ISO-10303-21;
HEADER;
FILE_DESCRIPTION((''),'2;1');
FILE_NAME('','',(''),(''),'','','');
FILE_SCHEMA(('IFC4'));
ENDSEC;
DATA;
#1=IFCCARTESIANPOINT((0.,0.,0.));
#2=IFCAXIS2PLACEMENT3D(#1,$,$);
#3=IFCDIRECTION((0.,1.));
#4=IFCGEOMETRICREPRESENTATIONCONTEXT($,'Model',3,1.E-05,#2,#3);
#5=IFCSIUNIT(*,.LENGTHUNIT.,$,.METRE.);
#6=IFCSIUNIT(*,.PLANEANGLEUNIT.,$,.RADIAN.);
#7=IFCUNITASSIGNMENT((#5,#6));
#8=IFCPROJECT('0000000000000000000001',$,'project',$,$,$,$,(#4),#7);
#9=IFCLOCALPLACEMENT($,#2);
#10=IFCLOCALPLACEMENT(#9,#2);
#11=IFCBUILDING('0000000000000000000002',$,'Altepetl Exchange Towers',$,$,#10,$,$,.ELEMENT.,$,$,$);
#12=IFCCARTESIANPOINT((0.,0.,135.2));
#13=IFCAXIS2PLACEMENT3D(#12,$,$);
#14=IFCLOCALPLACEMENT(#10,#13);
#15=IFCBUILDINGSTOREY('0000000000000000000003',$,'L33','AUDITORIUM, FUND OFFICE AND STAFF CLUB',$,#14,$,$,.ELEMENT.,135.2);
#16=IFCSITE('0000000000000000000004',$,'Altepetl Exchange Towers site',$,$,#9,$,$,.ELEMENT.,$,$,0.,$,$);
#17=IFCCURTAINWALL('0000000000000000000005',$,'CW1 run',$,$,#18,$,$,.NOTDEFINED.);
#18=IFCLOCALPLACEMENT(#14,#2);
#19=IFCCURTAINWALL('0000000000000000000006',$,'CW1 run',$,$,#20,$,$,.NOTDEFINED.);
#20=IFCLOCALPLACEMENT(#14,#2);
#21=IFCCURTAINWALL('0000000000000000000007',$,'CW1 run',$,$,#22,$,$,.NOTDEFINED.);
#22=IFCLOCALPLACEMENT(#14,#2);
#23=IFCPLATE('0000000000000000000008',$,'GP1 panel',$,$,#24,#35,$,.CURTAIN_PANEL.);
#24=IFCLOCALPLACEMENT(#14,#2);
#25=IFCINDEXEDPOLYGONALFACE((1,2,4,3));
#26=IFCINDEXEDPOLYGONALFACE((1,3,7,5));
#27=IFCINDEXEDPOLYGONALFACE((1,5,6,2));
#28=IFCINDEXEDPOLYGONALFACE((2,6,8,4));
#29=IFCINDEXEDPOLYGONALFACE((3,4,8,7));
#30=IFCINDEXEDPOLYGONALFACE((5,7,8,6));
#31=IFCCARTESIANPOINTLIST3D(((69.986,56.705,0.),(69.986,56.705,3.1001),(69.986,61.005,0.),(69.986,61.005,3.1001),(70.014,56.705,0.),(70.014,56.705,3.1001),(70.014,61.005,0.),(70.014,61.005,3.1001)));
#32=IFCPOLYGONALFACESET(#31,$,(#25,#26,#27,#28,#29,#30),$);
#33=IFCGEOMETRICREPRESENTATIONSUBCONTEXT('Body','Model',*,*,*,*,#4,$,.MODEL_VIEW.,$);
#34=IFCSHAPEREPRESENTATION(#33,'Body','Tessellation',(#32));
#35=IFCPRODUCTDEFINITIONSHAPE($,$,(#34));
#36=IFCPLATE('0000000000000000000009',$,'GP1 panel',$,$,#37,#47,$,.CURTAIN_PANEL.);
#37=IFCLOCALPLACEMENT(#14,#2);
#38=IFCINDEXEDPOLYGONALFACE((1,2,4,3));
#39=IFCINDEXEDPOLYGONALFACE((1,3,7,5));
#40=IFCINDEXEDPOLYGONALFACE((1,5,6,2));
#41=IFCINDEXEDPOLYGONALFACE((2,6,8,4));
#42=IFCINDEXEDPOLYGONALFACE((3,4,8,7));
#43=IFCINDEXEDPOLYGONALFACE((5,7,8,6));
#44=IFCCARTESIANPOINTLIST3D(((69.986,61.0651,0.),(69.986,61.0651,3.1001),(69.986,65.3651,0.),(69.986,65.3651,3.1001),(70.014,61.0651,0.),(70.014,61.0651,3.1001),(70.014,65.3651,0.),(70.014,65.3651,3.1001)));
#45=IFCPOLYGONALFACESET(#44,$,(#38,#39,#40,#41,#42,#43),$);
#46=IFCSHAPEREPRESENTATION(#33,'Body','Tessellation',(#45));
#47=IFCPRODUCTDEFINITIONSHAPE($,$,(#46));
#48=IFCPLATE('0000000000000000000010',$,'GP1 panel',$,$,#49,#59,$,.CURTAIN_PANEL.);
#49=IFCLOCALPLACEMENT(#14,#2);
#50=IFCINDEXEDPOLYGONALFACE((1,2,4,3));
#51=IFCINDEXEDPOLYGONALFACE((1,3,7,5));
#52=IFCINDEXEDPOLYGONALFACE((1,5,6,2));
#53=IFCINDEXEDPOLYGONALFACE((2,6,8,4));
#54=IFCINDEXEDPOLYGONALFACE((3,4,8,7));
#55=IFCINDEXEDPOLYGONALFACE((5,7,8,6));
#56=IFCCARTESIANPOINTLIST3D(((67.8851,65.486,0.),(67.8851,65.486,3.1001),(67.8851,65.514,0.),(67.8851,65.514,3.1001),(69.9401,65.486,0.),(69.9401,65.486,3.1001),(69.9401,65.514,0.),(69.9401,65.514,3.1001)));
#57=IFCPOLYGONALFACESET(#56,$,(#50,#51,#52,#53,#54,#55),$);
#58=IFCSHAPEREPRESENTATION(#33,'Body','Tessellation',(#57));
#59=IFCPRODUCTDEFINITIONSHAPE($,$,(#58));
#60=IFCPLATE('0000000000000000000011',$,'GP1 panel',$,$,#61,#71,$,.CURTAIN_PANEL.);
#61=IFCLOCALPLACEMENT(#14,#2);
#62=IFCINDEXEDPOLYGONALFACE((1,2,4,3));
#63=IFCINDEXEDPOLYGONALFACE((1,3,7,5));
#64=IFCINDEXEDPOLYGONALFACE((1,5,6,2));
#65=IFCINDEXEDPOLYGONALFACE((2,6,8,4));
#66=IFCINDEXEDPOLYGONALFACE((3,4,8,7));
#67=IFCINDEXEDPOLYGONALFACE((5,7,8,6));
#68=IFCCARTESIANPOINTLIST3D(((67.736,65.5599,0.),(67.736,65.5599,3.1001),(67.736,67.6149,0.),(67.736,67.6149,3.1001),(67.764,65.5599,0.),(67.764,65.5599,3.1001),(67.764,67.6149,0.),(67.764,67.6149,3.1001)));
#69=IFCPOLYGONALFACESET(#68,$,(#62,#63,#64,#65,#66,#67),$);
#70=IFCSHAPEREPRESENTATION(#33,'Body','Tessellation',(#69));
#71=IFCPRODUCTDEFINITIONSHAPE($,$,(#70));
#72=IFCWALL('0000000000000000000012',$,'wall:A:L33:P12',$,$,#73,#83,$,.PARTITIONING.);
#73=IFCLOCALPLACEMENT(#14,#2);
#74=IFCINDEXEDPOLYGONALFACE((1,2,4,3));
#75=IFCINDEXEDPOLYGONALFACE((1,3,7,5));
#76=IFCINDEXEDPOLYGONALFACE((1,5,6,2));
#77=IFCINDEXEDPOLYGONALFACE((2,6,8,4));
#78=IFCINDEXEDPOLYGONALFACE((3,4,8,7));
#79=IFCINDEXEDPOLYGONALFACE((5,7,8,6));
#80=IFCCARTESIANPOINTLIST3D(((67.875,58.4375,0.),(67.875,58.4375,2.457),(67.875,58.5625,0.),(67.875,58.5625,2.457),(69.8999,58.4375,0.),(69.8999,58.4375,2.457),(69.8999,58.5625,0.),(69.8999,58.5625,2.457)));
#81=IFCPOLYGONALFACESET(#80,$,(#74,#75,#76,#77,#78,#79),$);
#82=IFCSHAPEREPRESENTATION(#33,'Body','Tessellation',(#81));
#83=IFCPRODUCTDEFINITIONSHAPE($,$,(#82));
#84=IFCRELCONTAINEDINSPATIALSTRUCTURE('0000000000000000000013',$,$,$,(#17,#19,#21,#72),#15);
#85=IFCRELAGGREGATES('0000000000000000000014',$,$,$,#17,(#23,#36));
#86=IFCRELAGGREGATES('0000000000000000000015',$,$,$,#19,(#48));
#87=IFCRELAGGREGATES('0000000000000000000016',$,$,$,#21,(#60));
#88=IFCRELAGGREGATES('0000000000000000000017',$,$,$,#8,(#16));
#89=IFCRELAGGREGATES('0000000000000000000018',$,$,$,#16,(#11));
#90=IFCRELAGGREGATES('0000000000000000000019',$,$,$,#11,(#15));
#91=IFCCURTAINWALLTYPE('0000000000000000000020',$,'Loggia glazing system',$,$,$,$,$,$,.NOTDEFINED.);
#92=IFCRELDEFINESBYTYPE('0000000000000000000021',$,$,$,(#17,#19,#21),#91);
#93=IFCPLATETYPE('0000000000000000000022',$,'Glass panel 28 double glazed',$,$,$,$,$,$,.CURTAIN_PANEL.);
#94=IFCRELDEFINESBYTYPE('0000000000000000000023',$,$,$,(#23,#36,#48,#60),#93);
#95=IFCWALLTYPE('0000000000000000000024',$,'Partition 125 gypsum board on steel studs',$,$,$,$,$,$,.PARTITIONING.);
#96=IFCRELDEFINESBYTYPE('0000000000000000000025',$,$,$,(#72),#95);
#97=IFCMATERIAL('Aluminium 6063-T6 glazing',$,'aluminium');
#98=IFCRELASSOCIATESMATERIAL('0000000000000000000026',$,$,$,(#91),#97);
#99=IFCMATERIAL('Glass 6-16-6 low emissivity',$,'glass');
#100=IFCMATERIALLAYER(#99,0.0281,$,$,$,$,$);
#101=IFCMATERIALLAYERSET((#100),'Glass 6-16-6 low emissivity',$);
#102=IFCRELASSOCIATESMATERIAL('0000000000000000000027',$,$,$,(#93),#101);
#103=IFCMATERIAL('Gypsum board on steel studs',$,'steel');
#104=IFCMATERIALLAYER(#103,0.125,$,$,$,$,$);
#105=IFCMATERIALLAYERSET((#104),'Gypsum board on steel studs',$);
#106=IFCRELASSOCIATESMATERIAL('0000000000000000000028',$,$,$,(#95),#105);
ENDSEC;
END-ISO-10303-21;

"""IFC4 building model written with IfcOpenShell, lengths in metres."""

from ifc_helpers import new_model, si_unit, direction, frame, frame_2d, origin, origin_2d, place, context, subcontext, project, spatial, rectangle, extrude, material, layer, layer_set, type_object, element, aggregate, save


model = new_model("IFC4")

# Units and contexts
model_context = context("Model", 3, precision=1e-05, world=origin(), true_north=direction((0.0, 1.0)))
body_context = subcontext(model_context, "Body", "Model", "MODEL_VIEW")
ifc_project = project(units=[si_unit("LENGTHUNIT", "METRE"), si_unit("PLANEANGLEUNIT", "RADIAN")], contexts=[model_context])

# Site, building, storey
site_placement = place(None, origin())
site = spatial("IfcSite", under=ifc_project, at=site_placement, Name="Altepetl Exchange Towers site", CompositionType="ELEMENT", RefElevation=0.0)
building_placement = place(site_placement, origin())
building = spatial("IfcBuilding", under=site, at=building_placement, Name="Altepetl Exchange Towers", CompositionType="ELEMENT")
storey_placement = place(building_placement, frame((0.0, 0.0, 135.2)))
storey = spatial("IfcBuildingStorey", under=building, at=storey_placement, Name="L33", Description="AUDITORIUM, FUND OFFICE AND STAFF CLUB", CompositionType="ELEMENT", Elevation=135.2)

# Curtain walls
ifc_material_1 = material(Name="Aluminium 6063-T6 glazing", Category="aluminium")
curtain_wall_type = type_object("IfcCurtainWallType", Name="Loggia glazing system", PredefinedType="NOTDEFINED", material=ifc_material_1)
curtain_wall_1_placement = place(storey_placement, origin())
curtain_wall_1 = element("IfcCurtainWall", 1, at=curtain_wall_1_placement, inside=storey, type_object=curtain_wall_type, Name="CW1 run", PredefinedType="NOTDEFINED")
curtain_wall_2_placement = place(storey_placement, origin())
curtain_wall_2 = element("IfcCurtainWall", 2, at=curtain_wall_2_placement, inside=storey, type_object=curtain_wall_type, Name="CW1 run", PredefinedType="NOTDEFINED")

# Curtain wall
curtain_wall_3_placement = place(storey_placement, origin())
curtain_wall_3 = element("IfcCurtainWall", 3, at=curtain_wall_3_placement, inside=storey, type_object=curtain_wall_type, Name="CW1 run", PredefinedType="NOTDEFINED")

# Plates
ifc_material_2 = material(Name="Glass 6-16-6 low emissivity", Category="glass")
ifc_layer_1 = layer(ifc_material_2, 0.0281)
ifc_layer_set_1 = layer_set([ifc_layer_1], Name="Glass 6-16-6 low emissivity")
plate_type = type_object("IfcPlateType", Name="Glass panel 28 double glazed", PredefinedType="CURTAIN_PANEL", material=ifc_layer_set_1)
plate_1_placement = place(storey_placement, frame((70.0, 58.855, 0.0), z_axis=(0.0, 0.0, 1.0), x_axis=(0.0, 1.0, 0.0)))
plate_1 = element("IfcPlate", 4, at=plate_1_placement, type_object=plate_type, Name="GP1 panel", PredefinedType="CURTAIN_PANEL", context=body_context, shape_type="SweptSolid", body=[
    extrude(rectangle(XDim=4.3, YDim=0.0281, at=origin_2d()), origin(), (0.0, 0.0, 1.0), 3.1001),
])
plate_2_placement = place(storey_placement, frame((70.0, 63.2151, 0.0), z_axis=(0.0, 0.0, 1.0), x_axis=(0.0, 1.0, 0.0)))
plate_2 = element("IfcPlate", 5, at=plate_2_placement, type_object=plate_type, Name="GP1 panel", PredefinedType="CURTAIN_PANEL", context=body_context, shape_type="SweptSolid", body=[
    extrude(rectangle(XDim=4.3, YDim=0.0281, at=origin_2d()), origin(), (0.0, 0.0, 1.0), 3.1001),
])
aggregate(curtain_wall_1, [plate_1, plate_2])
plate_3_placement = place(storey_placement, frame((68.9126, 65.5, 0.0), z_axis=(0.0, 0.0, 1.0), x_axis=(-1.0, 0.0, 0.0)))
plate_3 = element("IfcPlate", 6, at=plate_3_placement, type_object=plate_type, Name="GP1 panel", PredefinedType="CURTAIN_PANEL", context=body_context, shape_type="SweptSolid", body=[
    extrude(rectangle(XDim=2.0549, YDim=0.0281, at=origin_2d()), origin(), (0.0, 0.0, 1.0), 3.1001),
])
aggregate(curtain_wall_2, [plate_3])
plate_4_placement = place(storey_placement, frame((67.75, 66.5874, 0.0), z_axis=(0.0, 0.0, 1.0), x_axis=(0.0, 1.0, 0.0)))
plate_4 = element("IfcPlate", 7, at=plate_4_placement, type_object=plate_type, Name="GP1 panel", PredefinedType="CURTAIN_PANEL", context=body_context, shape_type="SweptSolid", body=[
    extrude(rectangle(XDim=2.0549, YDim=0.0281, at=origin_2d()), origin(), (0.0, 0.0, 1.0), 3.1001),
])
aggregate(curtain_wall_3, [plate_4])

# Wall
ifc_material_3 = material(Name="Gypsum board on steel studs", Category="steel")
ifc_layer_2 = layer(ifc_material_3, 0.125)
ifc_layer_set_2 = layer_set([ifc_layer_2], Name="Gypsum board on steel studs")
wall_type = type_object("IfcWallType", Name="Partition 125 gypsum board on steel studs", PredefinedType="PARTITIONING", material=ifc_layer_set_2)
wall_placement = place(storey_placement, frame((67.875, 58.5, 0.0)))
element("IfcWall", 8, at=wall_placement, inside=storey, type_object=wall_type, Name="wall:A:L33:P12", PredefinedType="PARTITIONING", context=body_context, shape_type="SweptSolid", body=[
    extrude(rectangle(XDim=2.0249, YDim=0.125, at=frame_2d((1.0125, 0.0))), origin(), (0.0, 0.0, 1.0), 2.457),
])

save(model, "model.ifc")
